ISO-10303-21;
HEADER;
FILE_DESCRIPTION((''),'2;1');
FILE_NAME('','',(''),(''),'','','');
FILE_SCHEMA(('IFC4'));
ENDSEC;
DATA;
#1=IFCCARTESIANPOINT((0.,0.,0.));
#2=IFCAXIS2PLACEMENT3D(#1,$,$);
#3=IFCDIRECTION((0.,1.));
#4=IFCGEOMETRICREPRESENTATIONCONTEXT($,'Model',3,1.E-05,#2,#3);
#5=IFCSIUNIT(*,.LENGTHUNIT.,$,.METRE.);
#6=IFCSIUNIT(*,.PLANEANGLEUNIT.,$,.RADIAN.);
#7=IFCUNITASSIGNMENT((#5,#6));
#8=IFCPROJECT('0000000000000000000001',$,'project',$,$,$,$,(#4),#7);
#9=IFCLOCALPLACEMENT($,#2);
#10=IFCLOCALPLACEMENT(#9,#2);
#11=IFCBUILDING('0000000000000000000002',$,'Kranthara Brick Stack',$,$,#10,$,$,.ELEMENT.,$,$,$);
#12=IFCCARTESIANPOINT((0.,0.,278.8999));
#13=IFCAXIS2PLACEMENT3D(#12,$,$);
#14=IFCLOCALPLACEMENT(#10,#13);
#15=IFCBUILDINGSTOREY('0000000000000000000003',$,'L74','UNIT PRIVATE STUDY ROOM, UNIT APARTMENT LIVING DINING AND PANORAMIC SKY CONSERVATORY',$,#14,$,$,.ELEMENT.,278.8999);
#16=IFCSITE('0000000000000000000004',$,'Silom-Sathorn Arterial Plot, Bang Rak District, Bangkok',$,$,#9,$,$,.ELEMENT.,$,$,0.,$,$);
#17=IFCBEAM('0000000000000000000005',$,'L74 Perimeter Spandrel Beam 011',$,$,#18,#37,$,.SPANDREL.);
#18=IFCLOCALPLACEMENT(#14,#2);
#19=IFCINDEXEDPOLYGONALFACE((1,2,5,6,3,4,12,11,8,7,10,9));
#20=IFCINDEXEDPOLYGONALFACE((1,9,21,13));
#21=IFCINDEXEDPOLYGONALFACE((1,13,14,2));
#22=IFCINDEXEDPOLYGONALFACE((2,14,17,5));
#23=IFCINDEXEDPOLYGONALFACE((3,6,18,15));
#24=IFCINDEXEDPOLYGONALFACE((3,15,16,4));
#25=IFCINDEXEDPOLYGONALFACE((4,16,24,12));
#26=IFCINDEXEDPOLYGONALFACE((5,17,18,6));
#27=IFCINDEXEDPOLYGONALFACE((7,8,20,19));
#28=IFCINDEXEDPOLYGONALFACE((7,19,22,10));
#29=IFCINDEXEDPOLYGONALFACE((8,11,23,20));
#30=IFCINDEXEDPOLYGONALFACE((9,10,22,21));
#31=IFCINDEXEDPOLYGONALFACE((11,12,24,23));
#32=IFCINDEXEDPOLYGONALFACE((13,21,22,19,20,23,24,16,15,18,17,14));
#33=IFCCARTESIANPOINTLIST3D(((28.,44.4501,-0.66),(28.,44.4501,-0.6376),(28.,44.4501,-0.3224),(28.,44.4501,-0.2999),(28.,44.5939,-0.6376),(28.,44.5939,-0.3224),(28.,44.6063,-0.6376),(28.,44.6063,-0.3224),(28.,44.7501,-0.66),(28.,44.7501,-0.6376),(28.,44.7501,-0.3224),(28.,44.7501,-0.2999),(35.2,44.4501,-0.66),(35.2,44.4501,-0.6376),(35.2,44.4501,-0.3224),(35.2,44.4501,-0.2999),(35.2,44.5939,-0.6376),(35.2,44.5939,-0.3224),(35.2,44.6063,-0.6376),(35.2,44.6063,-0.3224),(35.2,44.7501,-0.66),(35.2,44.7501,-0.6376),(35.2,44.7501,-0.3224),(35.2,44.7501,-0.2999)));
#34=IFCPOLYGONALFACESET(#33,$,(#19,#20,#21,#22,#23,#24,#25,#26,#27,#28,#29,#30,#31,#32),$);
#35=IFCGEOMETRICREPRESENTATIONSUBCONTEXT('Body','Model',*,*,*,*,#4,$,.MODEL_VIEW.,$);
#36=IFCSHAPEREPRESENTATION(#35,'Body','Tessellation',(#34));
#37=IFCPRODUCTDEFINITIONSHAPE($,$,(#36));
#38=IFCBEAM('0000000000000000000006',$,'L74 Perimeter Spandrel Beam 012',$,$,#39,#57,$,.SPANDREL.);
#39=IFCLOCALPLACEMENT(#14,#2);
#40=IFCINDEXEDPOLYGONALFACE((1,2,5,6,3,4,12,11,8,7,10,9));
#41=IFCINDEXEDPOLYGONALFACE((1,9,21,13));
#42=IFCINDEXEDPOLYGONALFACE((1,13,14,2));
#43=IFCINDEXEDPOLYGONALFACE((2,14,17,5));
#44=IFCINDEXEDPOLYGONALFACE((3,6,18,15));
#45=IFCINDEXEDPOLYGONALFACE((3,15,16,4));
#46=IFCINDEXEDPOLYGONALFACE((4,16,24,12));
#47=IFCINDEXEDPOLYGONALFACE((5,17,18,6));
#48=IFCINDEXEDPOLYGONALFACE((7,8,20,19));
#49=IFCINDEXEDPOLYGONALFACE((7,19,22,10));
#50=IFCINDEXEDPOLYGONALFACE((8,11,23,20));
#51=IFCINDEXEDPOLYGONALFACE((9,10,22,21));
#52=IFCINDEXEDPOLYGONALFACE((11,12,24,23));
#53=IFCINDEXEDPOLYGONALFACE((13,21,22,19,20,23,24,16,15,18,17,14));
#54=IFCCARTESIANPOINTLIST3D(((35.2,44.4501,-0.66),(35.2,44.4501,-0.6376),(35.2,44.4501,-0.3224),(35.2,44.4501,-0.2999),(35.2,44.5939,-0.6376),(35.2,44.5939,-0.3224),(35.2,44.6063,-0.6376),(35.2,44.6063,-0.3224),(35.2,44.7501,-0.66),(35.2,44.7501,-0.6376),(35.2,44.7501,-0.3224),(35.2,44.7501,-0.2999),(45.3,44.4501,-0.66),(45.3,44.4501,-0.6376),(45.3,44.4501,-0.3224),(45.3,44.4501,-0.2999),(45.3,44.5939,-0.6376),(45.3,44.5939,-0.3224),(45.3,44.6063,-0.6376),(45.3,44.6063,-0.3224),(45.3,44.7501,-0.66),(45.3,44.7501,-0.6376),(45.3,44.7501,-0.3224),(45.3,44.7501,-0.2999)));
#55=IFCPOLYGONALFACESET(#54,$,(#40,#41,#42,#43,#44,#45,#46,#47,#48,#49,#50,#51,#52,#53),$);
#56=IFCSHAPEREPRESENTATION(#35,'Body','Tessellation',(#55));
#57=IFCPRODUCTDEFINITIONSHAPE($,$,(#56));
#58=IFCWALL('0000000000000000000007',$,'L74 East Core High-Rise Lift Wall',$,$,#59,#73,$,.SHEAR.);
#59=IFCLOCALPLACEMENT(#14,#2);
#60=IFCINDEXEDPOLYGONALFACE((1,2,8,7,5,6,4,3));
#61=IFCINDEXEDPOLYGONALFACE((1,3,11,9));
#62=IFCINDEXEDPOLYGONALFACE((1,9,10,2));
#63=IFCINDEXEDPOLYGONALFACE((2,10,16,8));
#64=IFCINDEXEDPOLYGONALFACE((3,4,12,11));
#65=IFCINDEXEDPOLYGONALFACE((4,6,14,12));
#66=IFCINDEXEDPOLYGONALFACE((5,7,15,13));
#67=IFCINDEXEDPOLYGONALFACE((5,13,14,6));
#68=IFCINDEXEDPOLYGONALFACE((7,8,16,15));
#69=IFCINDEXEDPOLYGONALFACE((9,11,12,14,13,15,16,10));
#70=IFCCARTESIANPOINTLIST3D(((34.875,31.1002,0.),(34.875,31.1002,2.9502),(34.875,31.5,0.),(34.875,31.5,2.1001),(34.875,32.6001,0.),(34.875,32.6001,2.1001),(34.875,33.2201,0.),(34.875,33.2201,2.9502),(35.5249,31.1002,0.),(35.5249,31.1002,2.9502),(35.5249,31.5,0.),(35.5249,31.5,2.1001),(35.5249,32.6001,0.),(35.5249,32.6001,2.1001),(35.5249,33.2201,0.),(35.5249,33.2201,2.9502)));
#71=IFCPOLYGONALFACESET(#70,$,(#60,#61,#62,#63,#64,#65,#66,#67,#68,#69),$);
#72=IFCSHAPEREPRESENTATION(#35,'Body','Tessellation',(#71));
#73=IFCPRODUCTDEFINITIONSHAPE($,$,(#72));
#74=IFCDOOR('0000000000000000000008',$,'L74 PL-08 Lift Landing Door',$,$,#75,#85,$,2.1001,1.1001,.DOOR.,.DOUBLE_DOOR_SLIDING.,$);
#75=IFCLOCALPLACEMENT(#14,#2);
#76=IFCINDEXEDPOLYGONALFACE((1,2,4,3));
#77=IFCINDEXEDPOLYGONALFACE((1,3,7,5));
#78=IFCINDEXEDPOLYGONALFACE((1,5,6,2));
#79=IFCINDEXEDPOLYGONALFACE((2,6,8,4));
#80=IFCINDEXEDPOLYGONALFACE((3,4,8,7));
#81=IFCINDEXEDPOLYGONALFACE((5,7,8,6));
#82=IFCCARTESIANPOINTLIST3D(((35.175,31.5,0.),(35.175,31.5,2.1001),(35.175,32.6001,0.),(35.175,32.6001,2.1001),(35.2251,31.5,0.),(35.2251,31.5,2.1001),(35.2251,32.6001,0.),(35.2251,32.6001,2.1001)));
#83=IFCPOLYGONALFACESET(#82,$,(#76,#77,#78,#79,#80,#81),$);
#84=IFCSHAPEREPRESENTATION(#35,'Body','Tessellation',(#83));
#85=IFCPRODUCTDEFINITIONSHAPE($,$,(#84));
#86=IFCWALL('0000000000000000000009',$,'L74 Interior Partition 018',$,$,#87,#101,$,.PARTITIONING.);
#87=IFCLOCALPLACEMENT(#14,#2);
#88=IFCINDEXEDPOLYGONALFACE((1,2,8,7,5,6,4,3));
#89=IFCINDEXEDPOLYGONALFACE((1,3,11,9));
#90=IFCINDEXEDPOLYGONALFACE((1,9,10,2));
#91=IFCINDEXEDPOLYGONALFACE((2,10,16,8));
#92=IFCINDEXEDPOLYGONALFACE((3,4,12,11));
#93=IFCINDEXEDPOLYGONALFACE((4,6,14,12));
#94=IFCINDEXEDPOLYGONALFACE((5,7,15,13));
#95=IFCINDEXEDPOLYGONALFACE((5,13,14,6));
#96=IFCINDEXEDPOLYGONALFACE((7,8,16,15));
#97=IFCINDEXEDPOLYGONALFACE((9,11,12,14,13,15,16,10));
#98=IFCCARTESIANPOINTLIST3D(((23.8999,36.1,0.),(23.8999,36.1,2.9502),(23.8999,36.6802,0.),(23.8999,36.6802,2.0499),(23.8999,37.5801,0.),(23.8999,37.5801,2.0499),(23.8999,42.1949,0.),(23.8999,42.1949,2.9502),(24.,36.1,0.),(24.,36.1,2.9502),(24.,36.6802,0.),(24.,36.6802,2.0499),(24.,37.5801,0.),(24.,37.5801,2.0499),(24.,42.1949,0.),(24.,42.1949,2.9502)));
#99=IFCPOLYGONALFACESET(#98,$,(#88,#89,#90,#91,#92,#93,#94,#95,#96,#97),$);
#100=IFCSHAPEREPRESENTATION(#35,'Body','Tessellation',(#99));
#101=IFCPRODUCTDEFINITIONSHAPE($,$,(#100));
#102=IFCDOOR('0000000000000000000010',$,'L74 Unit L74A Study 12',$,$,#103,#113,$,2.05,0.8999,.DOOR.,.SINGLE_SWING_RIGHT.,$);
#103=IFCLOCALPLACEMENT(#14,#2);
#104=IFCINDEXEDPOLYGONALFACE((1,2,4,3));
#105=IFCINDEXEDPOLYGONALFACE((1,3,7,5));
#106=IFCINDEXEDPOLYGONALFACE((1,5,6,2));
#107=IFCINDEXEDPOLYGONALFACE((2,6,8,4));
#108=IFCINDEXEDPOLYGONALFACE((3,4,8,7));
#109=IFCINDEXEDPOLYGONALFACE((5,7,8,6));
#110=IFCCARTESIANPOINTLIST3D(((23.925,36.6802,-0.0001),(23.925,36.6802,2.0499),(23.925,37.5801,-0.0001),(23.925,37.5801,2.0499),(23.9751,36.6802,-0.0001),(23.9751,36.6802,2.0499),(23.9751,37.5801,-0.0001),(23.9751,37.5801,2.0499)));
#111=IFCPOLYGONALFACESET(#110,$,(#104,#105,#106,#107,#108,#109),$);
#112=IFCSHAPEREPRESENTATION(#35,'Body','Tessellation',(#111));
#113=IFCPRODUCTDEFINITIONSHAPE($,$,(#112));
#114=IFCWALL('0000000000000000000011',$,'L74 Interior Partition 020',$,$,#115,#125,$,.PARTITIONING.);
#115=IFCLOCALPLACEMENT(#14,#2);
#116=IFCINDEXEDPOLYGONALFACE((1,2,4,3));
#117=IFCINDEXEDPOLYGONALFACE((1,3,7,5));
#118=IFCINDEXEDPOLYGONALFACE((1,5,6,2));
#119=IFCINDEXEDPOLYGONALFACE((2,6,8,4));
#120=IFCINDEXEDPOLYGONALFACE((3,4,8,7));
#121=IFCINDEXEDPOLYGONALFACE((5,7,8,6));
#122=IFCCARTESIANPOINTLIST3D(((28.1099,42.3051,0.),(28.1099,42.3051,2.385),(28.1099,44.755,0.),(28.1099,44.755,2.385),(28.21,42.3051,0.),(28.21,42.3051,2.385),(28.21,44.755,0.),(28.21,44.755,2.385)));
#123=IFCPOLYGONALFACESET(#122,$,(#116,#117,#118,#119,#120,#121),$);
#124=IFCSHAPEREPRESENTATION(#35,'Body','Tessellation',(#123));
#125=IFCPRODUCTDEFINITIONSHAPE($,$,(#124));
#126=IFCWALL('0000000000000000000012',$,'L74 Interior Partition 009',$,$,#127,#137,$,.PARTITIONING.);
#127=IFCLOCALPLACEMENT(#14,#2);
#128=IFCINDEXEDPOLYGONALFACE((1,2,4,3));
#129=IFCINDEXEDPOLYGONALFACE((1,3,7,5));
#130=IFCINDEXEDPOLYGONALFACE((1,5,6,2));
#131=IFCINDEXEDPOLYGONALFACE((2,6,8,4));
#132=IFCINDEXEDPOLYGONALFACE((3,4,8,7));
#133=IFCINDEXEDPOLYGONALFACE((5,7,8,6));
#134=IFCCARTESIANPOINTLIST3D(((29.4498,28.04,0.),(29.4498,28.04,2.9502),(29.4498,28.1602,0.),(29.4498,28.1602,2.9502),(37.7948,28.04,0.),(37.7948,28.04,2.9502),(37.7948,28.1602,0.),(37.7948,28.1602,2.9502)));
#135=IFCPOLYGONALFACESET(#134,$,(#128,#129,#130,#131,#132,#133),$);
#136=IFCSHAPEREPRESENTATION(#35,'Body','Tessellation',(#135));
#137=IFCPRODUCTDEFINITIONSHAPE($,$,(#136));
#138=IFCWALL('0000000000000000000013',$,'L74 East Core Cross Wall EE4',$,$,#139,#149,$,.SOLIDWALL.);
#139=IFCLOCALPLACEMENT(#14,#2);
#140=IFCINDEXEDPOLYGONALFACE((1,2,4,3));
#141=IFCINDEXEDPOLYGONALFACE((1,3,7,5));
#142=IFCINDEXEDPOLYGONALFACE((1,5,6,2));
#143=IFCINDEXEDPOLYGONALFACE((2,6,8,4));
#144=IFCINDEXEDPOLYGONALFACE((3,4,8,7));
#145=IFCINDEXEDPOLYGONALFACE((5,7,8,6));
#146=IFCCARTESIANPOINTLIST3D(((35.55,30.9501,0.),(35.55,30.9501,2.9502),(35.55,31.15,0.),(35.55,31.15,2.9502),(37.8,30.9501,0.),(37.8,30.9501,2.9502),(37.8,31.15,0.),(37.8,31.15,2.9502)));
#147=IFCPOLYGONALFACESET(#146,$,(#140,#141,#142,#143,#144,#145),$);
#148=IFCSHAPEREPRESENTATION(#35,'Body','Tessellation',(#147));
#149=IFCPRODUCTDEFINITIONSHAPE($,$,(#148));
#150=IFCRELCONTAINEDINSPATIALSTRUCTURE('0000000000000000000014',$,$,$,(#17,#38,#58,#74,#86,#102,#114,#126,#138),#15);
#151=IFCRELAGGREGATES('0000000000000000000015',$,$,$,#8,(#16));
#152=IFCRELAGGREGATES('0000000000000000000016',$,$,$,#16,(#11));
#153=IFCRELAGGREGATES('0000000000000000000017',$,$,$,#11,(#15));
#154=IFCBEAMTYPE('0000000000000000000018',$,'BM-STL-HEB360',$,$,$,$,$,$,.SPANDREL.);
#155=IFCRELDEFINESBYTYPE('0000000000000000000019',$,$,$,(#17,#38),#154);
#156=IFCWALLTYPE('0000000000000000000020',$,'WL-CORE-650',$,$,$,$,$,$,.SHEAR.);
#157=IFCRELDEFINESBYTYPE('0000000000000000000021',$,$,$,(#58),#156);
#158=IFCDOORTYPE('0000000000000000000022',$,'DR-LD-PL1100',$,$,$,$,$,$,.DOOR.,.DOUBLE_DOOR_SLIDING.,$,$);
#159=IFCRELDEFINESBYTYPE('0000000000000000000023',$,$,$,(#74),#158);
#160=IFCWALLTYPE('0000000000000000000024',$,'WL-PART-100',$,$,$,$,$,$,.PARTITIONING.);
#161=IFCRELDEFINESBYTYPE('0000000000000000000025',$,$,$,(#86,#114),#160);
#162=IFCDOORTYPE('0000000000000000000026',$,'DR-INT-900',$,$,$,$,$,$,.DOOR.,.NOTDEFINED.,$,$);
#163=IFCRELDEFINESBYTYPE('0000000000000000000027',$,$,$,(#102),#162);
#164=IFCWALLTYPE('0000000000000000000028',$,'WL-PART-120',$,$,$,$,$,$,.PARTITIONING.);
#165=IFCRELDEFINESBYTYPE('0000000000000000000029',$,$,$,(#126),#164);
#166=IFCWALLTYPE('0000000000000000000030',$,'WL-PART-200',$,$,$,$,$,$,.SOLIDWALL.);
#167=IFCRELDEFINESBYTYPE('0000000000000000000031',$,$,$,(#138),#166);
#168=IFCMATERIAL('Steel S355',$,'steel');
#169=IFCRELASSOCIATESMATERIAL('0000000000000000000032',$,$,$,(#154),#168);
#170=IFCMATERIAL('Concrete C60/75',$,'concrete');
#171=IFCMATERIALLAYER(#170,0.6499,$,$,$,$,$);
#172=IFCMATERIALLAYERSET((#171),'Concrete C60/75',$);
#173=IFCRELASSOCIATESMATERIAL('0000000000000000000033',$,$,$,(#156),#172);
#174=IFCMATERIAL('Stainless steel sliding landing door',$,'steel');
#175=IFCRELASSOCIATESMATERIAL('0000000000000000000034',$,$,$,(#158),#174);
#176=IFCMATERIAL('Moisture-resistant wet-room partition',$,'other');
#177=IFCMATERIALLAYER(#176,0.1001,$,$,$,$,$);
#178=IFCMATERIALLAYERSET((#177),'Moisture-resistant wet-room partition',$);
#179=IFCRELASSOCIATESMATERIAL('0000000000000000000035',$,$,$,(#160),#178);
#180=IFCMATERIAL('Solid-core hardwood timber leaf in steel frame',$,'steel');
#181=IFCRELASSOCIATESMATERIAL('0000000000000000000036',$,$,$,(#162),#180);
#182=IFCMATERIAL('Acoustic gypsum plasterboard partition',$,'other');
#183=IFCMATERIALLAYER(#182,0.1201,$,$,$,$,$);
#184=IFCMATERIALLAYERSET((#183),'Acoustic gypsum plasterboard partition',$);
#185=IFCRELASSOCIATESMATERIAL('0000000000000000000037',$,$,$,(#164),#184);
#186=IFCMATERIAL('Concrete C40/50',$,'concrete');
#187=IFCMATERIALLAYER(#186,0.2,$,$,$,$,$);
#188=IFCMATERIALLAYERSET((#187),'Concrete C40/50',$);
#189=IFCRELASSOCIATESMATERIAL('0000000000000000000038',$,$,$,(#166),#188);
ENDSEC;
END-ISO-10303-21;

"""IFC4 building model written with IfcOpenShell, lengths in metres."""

from ifc_helpers import new_model, si_unit, direction, frame, frame_2d, origin, origin_2d, place, context, subcontext, project, spatial, rectangle, i_section, extrude, material, layer, layer_set, material_profile, profile_set, type_object, element, fill, save


model = new_model("IFC4")

# Units and contexts
model_context = context("Model", 3, precision=1e-05, world=origin(), true_north=direction((0.0, 1.0)))
body_context = subcontext(model_context, "Body", "Model", "MODEL_VIEW")
ifc_project = project(units=[si_unit("LENGTHUNIT", "METRE"), si_unit("PLANEANGLEUNIT", "RADIAN")], contexts=[model_context])

# Site, building, storey
site_placement = place(None, origin())
site = spatial("IfcSite", under=ifc_project, at=site_placement, Name="Silom-Sathorn Arterial Plot, Bang Rak District, Bangkok", CompositionType="ELEMENT", RefElevation=0.0)
building_placement = place(site_placement, origin())
building = spatial("IfcBuilding", under=site, at=building_placement, Name="Kranthara Brick Stack", CompositionType="ELEMENT")
storey_placement = place(building_placement, frame((0.0, 0.0, 278.8999)))
storey = spatial("IfcBuildingStorey", under=building, at=storey_placement, Name="L74", Description="UNIT PRIVATE STUDY ROOM, UNIT APARTMENT LIVING DINING AND PANORAMIC SKY CONSERVATORY", CompositionType="ELEMENT", Elevation=278.8999)

# Beams
ifc_material_1 = material(Name="Steel S355", Category="steel")
ifc_material_profile_1 = material_profile(ifc_material_1, i_section(OverallWidth=0.3, OverallDepth=0.3601, WebThickness=0.0125, FlangeThickness=0.0225, at=origin_2d()), Name="HEB 360")
ifc_profile_set_1 = profile_set([ifc_material_profile_1], Name="Steel S355")
beam_type_1 = type_object("IfcBeamType", Name="BM-STL-HEB360", PredefinedType="SPANDREL", material=ifc_profile_set_1)
beam_1_placement = place(storey_placement, frame((28.0, 44.6001, -0.48), z_axis=(1.0, 0.0, 0.0), x_axis=(0.0, 1.0, 0.0)))
element("IfcBeam", 1, at=beam_1_placement, inside=storey, type_object=beam_type_1, Name="L74 Perimeter Spandrel Beam 011", PredefinedType="SPANDREL", context=body_context, shape_type="SweptSolid", body=[
    extrude(i_section(OverallWidth=0.3, OverallDepth=0.3601, WebThickness=0.0125, FlangeThickness=0.0225, at=origin_2d()), origin(), (0.0, 0.0, 1.0), 7.2),
])
beam_2_placement = place(storey_placement, frame((35.2, 44.6001, -0.48), z_axis=(1.0, 0.0, 0.0), x_axis=(0.0, 1.0, 0.0)))
element("IfcBeam", 2, at=beam_2_placement, inside=storey, type_object=beam_type_1, Name="L74 Perimeter Spandrel Beam 012", PredefinedType="SPANDREL", context=body_context, shape_type="SweptSolid", body=[
    extrude(i_section(OverallWidth=0.3, OverallDepth=0.3601, WebThickness=0.0125, FlangeThickness=0.0225, at=origin_2d()), origin(), (0.0, 0.0, 1.0), 10.1001),
])

# Walls, openings, doors
ifc_material_2 = material(Name="Concrete C60/75", Category="concrete")
ifc_layer_1 = layer(ifc_material_2, 0.6499)
ifc_layer_set_1 = layer_set([ifc_layer_1], Name="Concrete C60/75")
wall_type_1 = type_object("IfcWallType", Name="WL-CORE-650", PredefinedType="SHEAR", material=ifc_layer_set_1)
wall_1_placement = place(storey_placement, frame((35.2, 31.1001, 0.0), z_axis=(0.0, 0.0, 1.0), x_axis=(0.0, 1.0, 0.0)))
wall_1 = element("IfcWall", 3, at=wall_1_placement, inside=storey, type_object=wall_type_1, Name="L74 East Core High-Rise Lift Wall", PredefinedType="SHEAR", context=body_context, shape_type="SweptSolid", body=[
    extrude(rectangle(XDim=2.1199, YDim=0.6499, at=frame_2d((1.0601, 0.0))), origin(), (0.0, 0.0, 1.0), 2.9502),
])
opening_1_placement = place(wall_1_placement, frame((0.3999, 0.0, 0.0)))
opening_1 = element("IfcOpeningElement", 4, at=opening_1_placement, cuts=wall_1, PredefinedType="OPENING", context=body_context, shape_type="SweptSolid", body=[
    extrude(rectangle(XDim=1.1001, YDim=2.1001, at=frame_2d((0.55, 1.05))), frame((0.0, 0.335, 0.0), z_axis=(0.0, -1.0, 0.0), x_axis=(1.0, 0.0, 0.0)), (0.0, 0.0, 1.0), 0.6699),
])
ifc_material_3 = material(Name="Stainless steel sliding landing door", Category="steel")
door_type_1 = type_object("IfcDoorType", Name="DR-LD-PL1100", OperationType="DOUBLE_DOOR_SLIDING", PredefinedType="DOOR", material=ifc_material_3)
door_1_placement = place(opening_1_placement, origin())
door_1 = element("IfcDoor", 5, at=door_1_placement, inside=storey, type_object=door_type_1, Name="L74 PL-08 Lift Landing Door", OperationType="DOUBLE_DOOR_SLIDING", OverallHeight=2.1001, OverallWidth=1.1001, PredefinedType="DOOR", context=body_context, shape_type="SweptSolid", body=[
    extrude(rectangle(XDim=1.1001, YDim=2.1001, at=frame_2d((0.55, 1.05))), frame((0.0, 0.0249, 0.0), z_axis=(0.0, -1.0, 0.0), x_axis=(1.0, 0.0, 0.0)), (0.0, 0.0, 1.0), 0.05),
])
fill(opening_1, door_1)
ifc_material_4 = material(Name="Moisture-resistant wet-room partition", Category="other")
ifc_layer_2 = layer(ifc_material_4, 0.1001)
ifc_layer_set_2 = layer_set([ifc_layer_2], Name="Moisture-resistant wet-room partition")
wall_type_2 = type_object("IfcWallType", Name="WL-PART-100", PredefinedType="PARTITIONING", material=ifc_layer_set_2)
wall_2_placement = place(storey_placement, frame((23.95, 36.1001, 0.0), z_axis=(0.0, 0.0, 1.0), x_axis=(0.0, 1.0, 0.0)))
wall_2 = element("IfcWall", 6, at=wall_2_placement, inside=storey, type_object=wall_type_2, Name="L74 Interior Partition 018", PredefinedType="PARTITIONING", context=body_context, shape_type="SweptSolid", body=[
    extrude(rectangle(XDim=6.095, YDim=0.1001, at=frame_2d((3.0474, 0.0))), origin(), (0.0, 0.0, 1.0), 2.9502),
])
opening_2_placement = place(wall_2_placement, frame((0.5801, 0.0, 0.0)))
opening_2 = element("IfcOpeningElement", 7, at=opening_2_placement, cuts=wall_2, PredefinedType="OPENING", context=body_context, shape_type="SweptSolid", body=[
    extrude(rectangle(XDim=0.8999, YDim=2.05, at=frame_2d((0.45, 1.0249))), frame((0.0, 0.0601, 0.0), z_axis=(0.0, -1.0, 0.0), x_axis=(1.0, 0.0, 0.0)), (0.0, 0.0, 1.0), 0.1201),
])
ifc_material_5 = material(Name="Solid-core hardwood timber leaf in steel frame", Category="steel")
door_type_2 = type_object("IfcDoorType", Name="DR-INT-900", OperationType="NOTDEFINED", PredefinedType="DOOR", material=ifc_material_5)
door_2_placement = place(opening_2_placement, origin())
door_2 = element("IfcDoor", 8, at=door_2_placement, inside=storey, type_object=door_type_2, Name="L74 Unit L74A Study 12", OperationType="SINGLE_SWING_RIGHT", OverallHeight=2.05, OverallWidth=0.8999, PredefinedType="DOOR", context=body_context, shape_type="SweptSolid", body=[
    extrude(rectangle(XDim=0.8999, YDim=2.05, at=frame_2d((0.45, 1.0249))), frame((0.0, 0.0249, 0.0), z_axis=(0.0, -1.0, 0.0), x_axis=(1.0, 0.0, 0.0)), (0.0, 0.0, 1.0), 0.05),
])
fill(opening_2, door_2)

# Walls
wall_3_placement = place(storey_placement, frame((28.1599, 42.3049, 0.0), z_axis=(0.0, 0.0, 1.0), x_axis=(0.0, 1.0, 0.0)))
element("IfcWall", 9, at=wall_3_placement, inside=storey, type_object=wall_type_2, Name="L74 Interior Partition 020", PredefinedType="PARTITIONING", context=body_context, shape_type="SweptSolid", body=[
    extrude(rectangle(XDim=2.45, YDim=0.1001, at=frame_2d((1.2251, 0.0))), origin(), (0.0, 0.0, 1.0), 2.385),
])
ifc_material_6 = material(Name="Acoustic gypsum plasterboard partition", Category="other")
ifc_layer_3 = layer(ifc_material_6, 0.1201)
ifc_layer_set_3 = layer_set([ifc_layer_3], Name="Acoustic gypsum plasterboard partition")
wall_type_3 = type_object("IfcWallType", Name="WL-PART-120", PredefinedType="PARTITIONING", material=ifc_layer_set_3)
wall_4_placement = place(storey_placement, frame((29.45, 28.1001, 0.0), z_axis=(0.0, 0.0, 1.0), x_axis=(1.0, 0.0, 0.0)))
element("IfcWall", 10, at=wall_4_placement, inside=storey, type_object=wall_type_3, Name="L74 Interior Partition 009", PredefinedType="PARTITIONING", context=body_context, shape_type="SweptSolid", body=[
    extrude(rectangle(XDim=8.345, YDim=0.1201, at=frame_2d((4.1724, 0.0))), origin(), (0.0, 0.0, 1.0), 2.9502),
])
ifc_material_7 = material(Name="Concrete C40/50", Category="concrete")
ifc_layer_4 = layer(ifc_material_7, 0.2)
ifc_layer_set_4 = layer_set([ifc_layer_4], Name="Concrete C40/50")
wall_type_4 = type_object("IfcWallType", Name="WL-PART-200", PredefinedType="SOLIDWALL", material=ifc_layer_set_4)
wall_5_placement = place(storey_placement, frame((35.55, 31.05, 0.0), z_axis=(0.0, 0.0, 1.0), x_axis=(1.0, 0.0, 0.0)))
element("IfcWall", 11, at=wall_5_placement, inside=storey, type_object=wall_type_4, Name="L74 East Core Cross Wall EE4", PredefinedType="SOLIDWALL", context=body_context, shape_type="SweptSolid", body=[
    extrude(rectangle(XDim=2.25, YDim=0.2, at=frame_2d((1.125, 0.0))), origin(), (0.0, 0.0, 1.0), 2.9502),
])

save(model, "model.ifc")
